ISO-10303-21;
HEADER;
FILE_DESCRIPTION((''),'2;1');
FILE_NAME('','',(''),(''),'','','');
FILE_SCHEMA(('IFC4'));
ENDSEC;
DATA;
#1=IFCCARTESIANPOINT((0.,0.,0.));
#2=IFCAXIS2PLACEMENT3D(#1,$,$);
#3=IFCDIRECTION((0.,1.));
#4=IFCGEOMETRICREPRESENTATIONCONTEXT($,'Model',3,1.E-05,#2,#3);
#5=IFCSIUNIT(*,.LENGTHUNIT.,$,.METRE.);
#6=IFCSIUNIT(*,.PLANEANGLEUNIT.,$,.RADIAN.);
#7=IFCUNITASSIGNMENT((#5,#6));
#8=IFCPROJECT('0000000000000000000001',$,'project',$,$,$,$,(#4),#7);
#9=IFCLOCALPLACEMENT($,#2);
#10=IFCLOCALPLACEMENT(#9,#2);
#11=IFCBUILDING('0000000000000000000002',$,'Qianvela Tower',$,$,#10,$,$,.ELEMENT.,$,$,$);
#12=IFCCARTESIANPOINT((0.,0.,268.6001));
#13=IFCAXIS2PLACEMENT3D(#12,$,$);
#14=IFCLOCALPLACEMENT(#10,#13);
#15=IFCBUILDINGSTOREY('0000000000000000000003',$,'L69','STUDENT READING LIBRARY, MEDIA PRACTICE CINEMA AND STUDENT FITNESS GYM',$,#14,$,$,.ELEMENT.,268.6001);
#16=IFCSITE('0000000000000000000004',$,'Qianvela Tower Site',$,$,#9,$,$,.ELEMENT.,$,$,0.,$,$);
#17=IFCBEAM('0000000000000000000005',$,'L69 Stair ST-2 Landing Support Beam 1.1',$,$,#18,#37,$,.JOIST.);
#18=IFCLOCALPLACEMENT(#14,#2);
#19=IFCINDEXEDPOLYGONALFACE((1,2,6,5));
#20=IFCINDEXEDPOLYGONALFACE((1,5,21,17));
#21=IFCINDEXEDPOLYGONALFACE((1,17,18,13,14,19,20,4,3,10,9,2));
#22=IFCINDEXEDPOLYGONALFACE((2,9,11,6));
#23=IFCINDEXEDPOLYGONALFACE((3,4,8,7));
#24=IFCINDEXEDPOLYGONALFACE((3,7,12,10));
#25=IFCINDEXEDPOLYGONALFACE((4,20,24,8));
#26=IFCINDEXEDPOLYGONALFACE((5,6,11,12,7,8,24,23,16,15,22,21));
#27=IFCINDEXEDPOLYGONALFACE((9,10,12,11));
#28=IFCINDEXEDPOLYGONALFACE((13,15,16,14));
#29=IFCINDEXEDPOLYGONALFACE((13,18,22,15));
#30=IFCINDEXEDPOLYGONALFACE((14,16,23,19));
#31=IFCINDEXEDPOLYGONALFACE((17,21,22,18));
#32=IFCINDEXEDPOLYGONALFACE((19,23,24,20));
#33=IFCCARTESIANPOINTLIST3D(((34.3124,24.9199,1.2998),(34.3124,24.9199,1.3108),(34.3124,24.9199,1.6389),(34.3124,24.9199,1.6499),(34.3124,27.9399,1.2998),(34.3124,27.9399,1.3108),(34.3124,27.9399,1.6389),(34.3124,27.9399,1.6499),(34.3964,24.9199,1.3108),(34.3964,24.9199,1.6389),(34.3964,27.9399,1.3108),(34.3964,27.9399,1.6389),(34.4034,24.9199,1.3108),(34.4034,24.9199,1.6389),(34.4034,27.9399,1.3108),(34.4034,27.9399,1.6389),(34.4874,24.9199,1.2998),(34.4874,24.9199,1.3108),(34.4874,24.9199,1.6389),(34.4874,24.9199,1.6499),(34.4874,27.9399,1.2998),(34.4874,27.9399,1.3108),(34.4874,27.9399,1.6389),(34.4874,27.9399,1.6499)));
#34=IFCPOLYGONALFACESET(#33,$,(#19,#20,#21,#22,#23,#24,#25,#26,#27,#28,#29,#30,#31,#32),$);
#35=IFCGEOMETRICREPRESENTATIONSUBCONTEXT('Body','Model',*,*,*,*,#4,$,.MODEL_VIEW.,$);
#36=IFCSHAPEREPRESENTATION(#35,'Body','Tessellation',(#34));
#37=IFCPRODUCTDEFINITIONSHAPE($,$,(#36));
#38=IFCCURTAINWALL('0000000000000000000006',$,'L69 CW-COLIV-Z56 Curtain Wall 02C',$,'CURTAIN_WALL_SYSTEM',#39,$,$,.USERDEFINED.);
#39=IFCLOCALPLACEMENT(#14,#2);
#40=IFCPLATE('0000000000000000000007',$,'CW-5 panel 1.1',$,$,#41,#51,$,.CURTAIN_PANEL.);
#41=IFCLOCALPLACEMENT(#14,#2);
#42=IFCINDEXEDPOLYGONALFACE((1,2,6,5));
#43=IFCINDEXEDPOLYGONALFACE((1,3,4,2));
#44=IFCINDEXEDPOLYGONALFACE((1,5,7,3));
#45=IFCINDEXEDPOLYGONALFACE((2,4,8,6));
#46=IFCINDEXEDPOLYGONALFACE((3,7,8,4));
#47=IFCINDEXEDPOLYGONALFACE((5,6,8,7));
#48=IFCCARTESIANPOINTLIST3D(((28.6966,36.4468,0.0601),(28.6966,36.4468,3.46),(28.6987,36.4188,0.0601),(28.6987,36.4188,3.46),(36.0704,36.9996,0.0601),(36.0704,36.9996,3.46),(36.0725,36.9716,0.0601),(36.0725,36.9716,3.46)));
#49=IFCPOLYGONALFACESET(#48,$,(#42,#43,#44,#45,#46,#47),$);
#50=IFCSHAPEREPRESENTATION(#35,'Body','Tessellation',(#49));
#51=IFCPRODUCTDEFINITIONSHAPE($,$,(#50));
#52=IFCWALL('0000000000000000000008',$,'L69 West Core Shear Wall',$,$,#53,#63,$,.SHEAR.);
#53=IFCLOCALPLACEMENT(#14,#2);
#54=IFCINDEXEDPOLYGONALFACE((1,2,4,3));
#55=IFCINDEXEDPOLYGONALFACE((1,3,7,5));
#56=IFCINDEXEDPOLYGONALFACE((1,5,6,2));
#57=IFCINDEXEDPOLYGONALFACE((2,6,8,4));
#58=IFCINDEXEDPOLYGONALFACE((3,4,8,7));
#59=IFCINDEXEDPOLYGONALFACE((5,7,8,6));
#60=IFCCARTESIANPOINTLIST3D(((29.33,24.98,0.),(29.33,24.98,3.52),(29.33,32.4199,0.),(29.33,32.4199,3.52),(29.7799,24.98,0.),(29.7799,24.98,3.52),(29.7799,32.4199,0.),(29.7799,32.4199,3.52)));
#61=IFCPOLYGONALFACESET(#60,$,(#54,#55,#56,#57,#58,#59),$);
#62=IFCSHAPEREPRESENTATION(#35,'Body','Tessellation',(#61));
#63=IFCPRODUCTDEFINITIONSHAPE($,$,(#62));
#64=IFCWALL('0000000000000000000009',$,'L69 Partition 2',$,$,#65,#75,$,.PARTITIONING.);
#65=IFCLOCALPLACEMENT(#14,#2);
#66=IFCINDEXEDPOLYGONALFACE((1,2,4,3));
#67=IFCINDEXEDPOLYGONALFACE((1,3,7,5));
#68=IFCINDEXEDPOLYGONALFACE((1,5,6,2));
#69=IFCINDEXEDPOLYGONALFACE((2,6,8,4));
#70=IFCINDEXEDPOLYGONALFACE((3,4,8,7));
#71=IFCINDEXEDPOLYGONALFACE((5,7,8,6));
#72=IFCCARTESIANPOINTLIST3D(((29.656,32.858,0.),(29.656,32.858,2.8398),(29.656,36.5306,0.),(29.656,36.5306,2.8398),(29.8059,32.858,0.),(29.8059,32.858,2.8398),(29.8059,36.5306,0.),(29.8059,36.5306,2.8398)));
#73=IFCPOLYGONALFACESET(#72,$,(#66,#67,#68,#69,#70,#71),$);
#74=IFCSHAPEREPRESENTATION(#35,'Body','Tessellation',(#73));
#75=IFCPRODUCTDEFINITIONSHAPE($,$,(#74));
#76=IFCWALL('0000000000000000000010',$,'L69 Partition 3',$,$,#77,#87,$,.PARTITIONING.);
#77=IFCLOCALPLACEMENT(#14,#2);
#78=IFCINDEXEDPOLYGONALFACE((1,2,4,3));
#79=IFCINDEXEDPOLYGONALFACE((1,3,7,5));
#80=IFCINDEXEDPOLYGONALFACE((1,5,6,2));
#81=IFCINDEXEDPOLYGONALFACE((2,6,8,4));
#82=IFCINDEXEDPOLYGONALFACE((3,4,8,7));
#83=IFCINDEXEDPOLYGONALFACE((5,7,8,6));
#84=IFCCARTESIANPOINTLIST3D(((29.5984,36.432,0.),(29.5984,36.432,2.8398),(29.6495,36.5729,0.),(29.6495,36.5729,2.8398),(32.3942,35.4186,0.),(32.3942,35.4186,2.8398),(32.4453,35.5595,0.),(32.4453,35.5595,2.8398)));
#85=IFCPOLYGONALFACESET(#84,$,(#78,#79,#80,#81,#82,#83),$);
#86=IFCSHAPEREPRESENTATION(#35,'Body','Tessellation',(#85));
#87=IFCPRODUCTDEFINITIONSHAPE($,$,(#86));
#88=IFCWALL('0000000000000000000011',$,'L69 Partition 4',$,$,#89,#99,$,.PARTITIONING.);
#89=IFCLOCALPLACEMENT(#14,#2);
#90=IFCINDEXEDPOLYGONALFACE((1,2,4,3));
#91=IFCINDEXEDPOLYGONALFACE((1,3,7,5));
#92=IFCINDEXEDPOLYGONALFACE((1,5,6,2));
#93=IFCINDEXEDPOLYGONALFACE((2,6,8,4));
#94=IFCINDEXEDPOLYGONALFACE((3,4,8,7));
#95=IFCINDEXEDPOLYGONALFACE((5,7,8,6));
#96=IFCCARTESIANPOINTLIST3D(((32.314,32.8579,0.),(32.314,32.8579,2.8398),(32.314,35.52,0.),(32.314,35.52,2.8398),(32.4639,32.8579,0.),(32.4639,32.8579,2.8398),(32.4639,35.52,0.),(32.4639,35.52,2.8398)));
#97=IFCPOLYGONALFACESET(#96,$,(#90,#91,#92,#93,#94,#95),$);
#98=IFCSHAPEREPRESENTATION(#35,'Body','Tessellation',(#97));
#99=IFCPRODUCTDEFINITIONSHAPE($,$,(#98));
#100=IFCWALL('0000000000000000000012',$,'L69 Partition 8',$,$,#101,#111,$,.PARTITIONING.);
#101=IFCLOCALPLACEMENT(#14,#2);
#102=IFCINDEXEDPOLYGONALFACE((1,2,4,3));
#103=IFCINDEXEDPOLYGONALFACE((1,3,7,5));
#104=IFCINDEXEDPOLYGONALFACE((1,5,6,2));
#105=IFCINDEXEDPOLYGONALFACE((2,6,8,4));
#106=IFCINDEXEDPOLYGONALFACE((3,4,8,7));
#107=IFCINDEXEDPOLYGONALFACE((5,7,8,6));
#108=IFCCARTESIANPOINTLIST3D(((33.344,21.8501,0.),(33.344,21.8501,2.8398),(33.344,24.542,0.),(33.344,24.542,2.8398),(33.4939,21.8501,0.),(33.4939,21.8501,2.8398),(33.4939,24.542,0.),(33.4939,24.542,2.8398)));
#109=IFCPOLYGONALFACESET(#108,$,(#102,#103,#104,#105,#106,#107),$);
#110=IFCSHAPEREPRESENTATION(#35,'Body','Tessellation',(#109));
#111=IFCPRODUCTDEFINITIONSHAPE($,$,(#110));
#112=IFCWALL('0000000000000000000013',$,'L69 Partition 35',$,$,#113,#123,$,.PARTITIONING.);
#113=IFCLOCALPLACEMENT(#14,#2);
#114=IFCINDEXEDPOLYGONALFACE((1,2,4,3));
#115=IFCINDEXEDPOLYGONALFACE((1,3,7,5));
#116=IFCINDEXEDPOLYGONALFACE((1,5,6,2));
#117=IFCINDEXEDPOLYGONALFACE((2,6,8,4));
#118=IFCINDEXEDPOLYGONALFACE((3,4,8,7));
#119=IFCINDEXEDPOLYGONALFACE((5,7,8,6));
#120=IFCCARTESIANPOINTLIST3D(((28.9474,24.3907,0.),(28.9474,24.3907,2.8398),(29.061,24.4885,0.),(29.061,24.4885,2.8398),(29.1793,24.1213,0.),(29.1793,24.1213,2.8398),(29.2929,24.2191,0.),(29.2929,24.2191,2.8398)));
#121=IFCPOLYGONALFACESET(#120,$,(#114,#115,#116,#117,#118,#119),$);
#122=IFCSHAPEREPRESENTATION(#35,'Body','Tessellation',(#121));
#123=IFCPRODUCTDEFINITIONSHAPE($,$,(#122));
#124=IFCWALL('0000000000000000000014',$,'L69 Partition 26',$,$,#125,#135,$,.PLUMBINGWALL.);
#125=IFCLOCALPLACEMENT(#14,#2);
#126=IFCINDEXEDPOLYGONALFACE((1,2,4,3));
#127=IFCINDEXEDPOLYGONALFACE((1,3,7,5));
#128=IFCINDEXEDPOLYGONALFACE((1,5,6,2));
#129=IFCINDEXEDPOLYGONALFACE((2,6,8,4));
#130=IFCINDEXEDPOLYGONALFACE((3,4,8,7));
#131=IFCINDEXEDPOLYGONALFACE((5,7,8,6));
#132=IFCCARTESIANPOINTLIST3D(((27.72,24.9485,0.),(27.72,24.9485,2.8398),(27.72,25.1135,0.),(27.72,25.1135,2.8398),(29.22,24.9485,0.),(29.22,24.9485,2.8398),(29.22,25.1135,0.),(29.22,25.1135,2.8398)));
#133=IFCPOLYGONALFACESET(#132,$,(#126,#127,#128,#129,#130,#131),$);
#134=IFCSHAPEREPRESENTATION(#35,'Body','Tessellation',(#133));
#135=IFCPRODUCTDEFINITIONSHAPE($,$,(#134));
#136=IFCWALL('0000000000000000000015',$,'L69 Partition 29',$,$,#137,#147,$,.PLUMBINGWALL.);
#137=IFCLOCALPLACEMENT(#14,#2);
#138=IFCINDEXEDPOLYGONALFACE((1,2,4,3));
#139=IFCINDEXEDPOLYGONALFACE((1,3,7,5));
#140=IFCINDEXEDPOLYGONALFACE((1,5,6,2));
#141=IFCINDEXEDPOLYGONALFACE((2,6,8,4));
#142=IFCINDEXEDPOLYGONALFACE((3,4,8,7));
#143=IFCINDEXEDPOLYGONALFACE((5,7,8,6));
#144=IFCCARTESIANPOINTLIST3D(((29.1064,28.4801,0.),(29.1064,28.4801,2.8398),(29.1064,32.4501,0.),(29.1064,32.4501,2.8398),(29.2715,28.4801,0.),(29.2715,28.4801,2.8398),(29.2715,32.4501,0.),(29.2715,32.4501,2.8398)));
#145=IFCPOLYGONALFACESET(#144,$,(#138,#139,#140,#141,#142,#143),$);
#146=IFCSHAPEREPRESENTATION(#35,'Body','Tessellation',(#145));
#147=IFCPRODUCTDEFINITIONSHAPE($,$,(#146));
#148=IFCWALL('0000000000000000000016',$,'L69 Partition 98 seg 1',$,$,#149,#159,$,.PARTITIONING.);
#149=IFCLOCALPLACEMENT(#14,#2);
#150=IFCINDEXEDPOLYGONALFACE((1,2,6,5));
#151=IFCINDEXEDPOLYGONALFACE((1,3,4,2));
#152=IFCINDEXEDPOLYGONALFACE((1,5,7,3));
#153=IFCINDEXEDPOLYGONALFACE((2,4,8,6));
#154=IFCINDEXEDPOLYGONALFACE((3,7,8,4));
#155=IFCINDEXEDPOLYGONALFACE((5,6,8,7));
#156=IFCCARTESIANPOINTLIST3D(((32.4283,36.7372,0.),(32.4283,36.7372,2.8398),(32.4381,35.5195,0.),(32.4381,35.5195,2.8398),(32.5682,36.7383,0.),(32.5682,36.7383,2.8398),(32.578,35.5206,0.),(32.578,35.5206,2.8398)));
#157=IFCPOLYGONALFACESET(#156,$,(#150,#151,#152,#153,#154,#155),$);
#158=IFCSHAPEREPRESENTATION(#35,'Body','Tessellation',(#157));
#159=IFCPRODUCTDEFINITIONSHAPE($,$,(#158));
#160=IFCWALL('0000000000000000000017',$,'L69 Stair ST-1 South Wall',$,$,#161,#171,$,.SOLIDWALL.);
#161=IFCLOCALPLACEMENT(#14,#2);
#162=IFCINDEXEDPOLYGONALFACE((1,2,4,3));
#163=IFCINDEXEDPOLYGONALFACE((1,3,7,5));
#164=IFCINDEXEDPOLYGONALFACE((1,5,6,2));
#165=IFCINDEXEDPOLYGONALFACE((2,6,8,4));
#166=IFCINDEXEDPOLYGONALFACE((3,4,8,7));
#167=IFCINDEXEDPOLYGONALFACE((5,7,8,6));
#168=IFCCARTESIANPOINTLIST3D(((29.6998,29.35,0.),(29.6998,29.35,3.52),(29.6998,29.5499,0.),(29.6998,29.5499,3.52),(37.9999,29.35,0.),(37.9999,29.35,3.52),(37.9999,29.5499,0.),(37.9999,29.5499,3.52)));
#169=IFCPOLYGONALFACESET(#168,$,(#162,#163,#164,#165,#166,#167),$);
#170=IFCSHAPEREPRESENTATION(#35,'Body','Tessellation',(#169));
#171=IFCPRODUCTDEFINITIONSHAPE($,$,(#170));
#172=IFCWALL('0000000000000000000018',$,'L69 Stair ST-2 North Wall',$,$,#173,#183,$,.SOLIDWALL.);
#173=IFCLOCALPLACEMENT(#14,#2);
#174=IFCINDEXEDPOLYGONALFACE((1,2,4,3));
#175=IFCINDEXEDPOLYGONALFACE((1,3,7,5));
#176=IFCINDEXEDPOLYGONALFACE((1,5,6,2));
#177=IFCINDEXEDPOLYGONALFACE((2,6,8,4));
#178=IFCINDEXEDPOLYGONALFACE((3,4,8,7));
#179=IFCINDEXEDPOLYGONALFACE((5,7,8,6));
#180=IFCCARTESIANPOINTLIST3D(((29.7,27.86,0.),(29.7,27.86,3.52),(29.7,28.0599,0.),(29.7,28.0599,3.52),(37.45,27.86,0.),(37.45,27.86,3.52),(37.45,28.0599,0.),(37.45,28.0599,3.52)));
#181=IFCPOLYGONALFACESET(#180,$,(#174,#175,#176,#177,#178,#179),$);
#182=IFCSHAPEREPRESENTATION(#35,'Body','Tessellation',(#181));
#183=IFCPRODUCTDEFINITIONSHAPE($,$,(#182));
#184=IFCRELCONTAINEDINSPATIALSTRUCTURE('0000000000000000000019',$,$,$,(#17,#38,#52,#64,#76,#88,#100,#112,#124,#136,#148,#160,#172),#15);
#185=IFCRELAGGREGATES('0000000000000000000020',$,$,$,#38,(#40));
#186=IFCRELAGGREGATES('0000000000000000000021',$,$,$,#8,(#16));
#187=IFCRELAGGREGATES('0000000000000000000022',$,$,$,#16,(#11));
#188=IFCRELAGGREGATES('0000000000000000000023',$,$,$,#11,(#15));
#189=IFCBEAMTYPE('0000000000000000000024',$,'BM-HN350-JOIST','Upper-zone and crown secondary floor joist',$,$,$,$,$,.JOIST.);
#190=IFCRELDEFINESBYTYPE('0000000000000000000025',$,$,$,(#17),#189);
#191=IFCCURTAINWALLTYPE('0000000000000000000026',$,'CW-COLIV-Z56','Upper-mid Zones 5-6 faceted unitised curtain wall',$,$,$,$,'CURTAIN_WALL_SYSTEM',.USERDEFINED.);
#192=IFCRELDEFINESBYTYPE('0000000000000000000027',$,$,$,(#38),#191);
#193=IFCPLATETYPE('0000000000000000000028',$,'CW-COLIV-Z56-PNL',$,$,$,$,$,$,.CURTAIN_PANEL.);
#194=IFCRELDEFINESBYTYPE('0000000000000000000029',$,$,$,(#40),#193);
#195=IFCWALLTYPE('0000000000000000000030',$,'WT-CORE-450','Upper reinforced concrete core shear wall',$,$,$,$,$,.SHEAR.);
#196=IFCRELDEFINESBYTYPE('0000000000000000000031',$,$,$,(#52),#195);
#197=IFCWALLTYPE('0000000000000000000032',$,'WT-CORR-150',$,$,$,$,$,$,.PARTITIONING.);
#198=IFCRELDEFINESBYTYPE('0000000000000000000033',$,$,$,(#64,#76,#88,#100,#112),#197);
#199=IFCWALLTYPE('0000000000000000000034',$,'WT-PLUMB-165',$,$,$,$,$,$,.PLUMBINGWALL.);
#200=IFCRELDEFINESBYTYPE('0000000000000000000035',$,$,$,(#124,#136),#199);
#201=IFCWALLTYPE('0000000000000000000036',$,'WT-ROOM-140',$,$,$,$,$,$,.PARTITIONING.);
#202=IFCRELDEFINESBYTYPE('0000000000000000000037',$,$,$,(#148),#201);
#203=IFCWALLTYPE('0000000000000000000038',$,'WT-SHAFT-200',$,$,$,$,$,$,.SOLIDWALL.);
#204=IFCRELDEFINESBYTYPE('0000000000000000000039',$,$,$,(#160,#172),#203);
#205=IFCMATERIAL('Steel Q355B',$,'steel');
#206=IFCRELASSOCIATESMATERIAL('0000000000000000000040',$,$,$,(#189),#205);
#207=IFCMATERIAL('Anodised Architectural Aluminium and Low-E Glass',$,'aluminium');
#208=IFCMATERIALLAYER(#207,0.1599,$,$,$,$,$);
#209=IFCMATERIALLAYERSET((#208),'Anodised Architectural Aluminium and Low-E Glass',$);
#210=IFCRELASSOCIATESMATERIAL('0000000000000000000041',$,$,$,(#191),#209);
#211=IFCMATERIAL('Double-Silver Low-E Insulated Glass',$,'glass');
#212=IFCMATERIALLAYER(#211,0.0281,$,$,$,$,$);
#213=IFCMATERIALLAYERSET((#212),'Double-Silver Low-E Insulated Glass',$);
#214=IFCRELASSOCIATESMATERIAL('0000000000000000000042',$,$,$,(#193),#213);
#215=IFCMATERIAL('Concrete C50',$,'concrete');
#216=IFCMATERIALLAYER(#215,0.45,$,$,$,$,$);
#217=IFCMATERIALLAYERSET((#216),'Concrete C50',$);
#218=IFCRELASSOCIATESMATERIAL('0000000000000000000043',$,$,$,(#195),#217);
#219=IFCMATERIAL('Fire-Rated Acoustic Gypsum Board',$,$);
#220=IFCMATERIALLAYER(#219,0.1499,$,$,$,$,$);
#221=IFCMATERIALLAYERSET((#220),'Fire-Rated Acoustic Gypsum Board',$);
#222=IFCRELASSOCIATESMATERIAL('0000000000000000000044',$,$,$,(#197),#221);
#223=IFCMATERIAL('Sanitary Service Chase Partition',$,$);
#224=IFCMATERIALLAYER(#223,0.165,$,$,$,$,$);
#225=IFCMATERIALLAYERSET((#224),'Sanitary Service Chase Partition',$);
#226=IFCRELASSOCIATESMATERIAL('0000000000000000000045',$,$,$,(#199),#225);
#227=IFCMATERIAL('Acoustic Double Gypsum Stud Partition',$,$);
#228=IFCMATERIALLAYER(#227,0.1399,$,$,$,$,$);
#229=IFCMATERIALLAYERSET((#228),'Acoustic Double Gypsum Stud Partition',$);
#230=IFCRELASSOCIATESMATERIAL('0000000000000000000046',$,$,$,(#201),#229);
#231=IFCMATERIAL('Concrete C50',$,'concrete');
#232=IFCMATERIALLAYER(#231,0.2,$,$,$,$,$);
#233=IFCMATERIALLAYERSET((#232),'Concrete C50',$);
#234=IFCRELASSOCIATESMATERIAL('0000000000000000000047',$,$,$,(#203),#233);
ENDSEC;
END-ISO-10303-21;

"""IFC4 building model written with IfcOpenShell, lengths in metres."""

from ifc_helpers import new_model, si_unit, direction, frame, frame_2d, origin, origin_2d, place, context, subcontext, project, spatial, rectangle, i_section, extrude, material, layer, layer_set, material_profile, profile_set, type_object, element, aggregate, save


model = new_model("IFC4")

# Units and contexts
model_context = context("Model", 3, precision=1e-05, world=origin(), true_north=direction((0.0, 1.0)))
body_context = subcontext(model_context, "Body", "Model", "MODEL_VIEW")
ifc_project = project(units=[si_unit("LENGTHUNIT", "METRE"), si_unit("PLANEANGLEUNIT", "RADIAN")], contexts=[model_context])

# Site, building, storey
site_placement = place(None, origin())
site = spatial("IfcSite", under=ifc_project, at=site_placement, Name="Qianvela Tower Site", CompositionType="ELEMENT", RefElevation=0.0)
building_placement = place(site_placement, origin())
building = spatial("IfcBuilding", under=site, at=building_placement, Name="Qianvela Tower", CompositionType="ELEMENT")
storey_placement = place(building_placement, frame((0.0, 0.0, 268.6001)))
storey = spatial("IfcBuildingStorey", under=building, at=storey_placement, Name="L69", Description="STUDENT READING LIBRARY, MEDIA PRACTICE CINEMA AND STUDENT FITNESS GYM", CompositionType="ELEMENT", Elevation=268.6001)

# Beam
ifc_material_1 = material(Name="Steel Q355B", Category="steel")
ifc_material_profile = material_profile(ifc_material_1, i_section(OverallWidth=0.175, OverallDepth=0.3501, WebThickness=0.0071, FlangeThickness=0.011, at=origin_2d()), Name="HN350x175x7x11")
ifc_profile_set = profile_set([ifc_material_profile], Name="Steel Q355B")
beam_type = type_object("IfcBeamType", Name="BM-HN350-JOIST", Description="Upper-zone and crown secondary floor joist", PredefinedType="JOIST", material=ifc_profile_set)
beam_placement = place(storey_placement, frame((34.3999, 24.9199, 1.4749), z_axis=(0.0, 1.0, 0.0), x_axis=(-1.0, 0.0, 0.0)))
element("IfcBeam", 1, at=beam_placement, inside=storey, type_object=beam_type, Name="L69 Stair ST-2 Landing Support Beam 1.1", PredefinedType="JOIST", context=body_context, shape_type="SweptSolid", body=[
    extrude(i_section(OverallWidth=0.175, OverallDepth=0.3501, WebThickness=0.0071, FlangeThickness=0.011, at=origin_2d()), origin(), (0.0, 0.0, 1.0), 3.02),
])

# Curtain wall, plate
ifc_material_2 = material(Name="Anodised Architectural Aluminium and Low-E Glass", Category="aluminium")
ifc_layer_1 = layer(ifc_material_2, 0.1599)
ifc_layer_set_1 = layer_set([ifc_layer_1], Name="Anodised Architectural Aluminium and Low-E Glass")
curtain_wall_type = type_object("IfcCurtainWallType", Name="CW-COLIV-Z56", Description="Upper-mid Zones 5-6 faceted unitised curtain wall", ElementType="CURTAIN_WALL_SYSTEM", PredefinedType="USERDEFINED", material=ifc_layer_set_1)
curtain_wall_placement = place(storey_placement, origin())
curtain_wall = element("IfcCurtainWall", 2, at=curtain_wall_placement, inside=storey, type_object=curtain_wall_type, Name="L69 CW-COLIV-Z56 Curtain Wall 02C", ObjectType="CURTAIN_WALL_SYSTEM", PredefinedType="USERDEFINED")
ifc_material_3 = material(Name="Double-Silver Low-E Insulated Glass", Category="glass")
ifc_layer_2 = layer(ifc_material_3, 0.0281)
ifc_layer_set_2 = layer_set([ifc_layer_2], Name="Double-Silver Low-E Insulated Glass")
plate_type = type_object("IfcPlateType", Name="CW-COLIV-Z56-PNL", PredefinedType="CURTAIN_PANEL", material=ifc_layer_set_2)
plate_placement = place(storey_placement, frame((32.3845, 36.7092, 0.0601), z_axis=(0.0, 0.0, 1.0), x_axis=(-0.997202, -0.074753, 0.0)))
plate = element("IfcPlate", 3, at=plate_placement, type_object=plate_type, Name="CW-5 panel 1.1", PredefinedType="CURTAIN_PANEL", context=body_context, shape_type="SweptSolid", body=[
    extrude(rectangle(XDim=7.3945, YDim=0.0281, at=origin_2d()), origin(), (0.0, 0.0, 1.0), 3.3999),
])
aggregate(curtain_wall, [plate])

# Shared definitions
ifc_material_4 = material(Name="Concrete C50", Category="concrete")
ifc_layer_3 = layer(ifc_material_4, 0.45)
ifc_layer_set_3 = layer_set([ifc_layer_3], Name="Concrete C50")
wall_type_1 = type_object("IfcWallType", Name="WT-CORE-450", Description="Upper reinforced concrete core shear wall", PredefinedType="SHEAR", material=ifc_layer_set_3)

# Walls
wall_1_placement = place(storey_placement, frame((29.5549, 24.98, 0.0), z_axis=(0.0, 0.0, 1.0), x_axis=(0.0, 1.0, 0.0)))
element("IfcWall", 4, at=wall_1_placement, inside=storey, type_object=wall_type_1, Name="L69 West Core Shear Wall", PredefinedType="SHEAR", context=body_context, shape_type="SweptSolid", body=[
    extrude(rectangle(XDim=7.4399, YDim=0.45, at=frame_2d((3.72, 0.0))), origin(), (0.0, 0.0, 1.0), 3.52),
])
ifc_material_5 = material(Name="Fire-Rated Acoustic Gypsum Board")
ifc_layer_4 = layer(ifc_material_5, 0.1499)
ifc_layer_set_4 = layer_set([ifc_layer_4], Name="Fire-Rated Acoustic Gypsum Board")
wall_type_2 = type_object("IfcWallType", Name="WT-CORR-150", PredefinedType="PARTITIONING", material=ifc_layer_set_4)
wall_2_placement = place(storey_placement, frame((29.731, 32.8579, 0.0), z_axis=(0.0, 0.0, 1.0), x_axis=(0.0, 1.0, 0.0)))
element("IfcWall", 5, at=wall_2_placement, inside=storey, type_object=wall_type_2, Name="L69 Partition 2", PredefinedType="PARTITIONING", context=body_context, shape_type="SweptSolid", body=[
    extrude(rectangle(XDim=3.6726, YDim=0.1499, at=frame_2d((1.8364, 0.0))), origin(), (0.0, 0.0, 1.0), 2.8398),
])
wall_3_placement = place(storey_placement, frame((29.624, 36.5024, 0.0), z_axis=(0.0, 0.0, 1.0), x_axis=(0.940145, -0.340774, 0.0)))
element("IfcWall", 6, at=wall_3_placement, inside=storey, type_object=wall_type_2, Name="L69 Partition 3", PredefinedType="PARTITIONING", context=body_context, shape_type="SweptSolid", body=[
    extrude(rectangle(XDim=2.9739, YDim=0.1499, at=frame_2d((1.4868, 0.0))), origin(), (0.0, 0.0, 1.0), 2.8398),
])
wall_4_placement = place(storey_placement, frame((32.3889, 35.52, 0.0), z_axis=(0.0, 0.0, 1.0), x_axis=(0.0, -1.0, 0.0)))
element("IfcWall", 7, at=wall_4_placement, inside=storey, type_object=wall_type_2, Name="L69 Partition 4", PredefinedType="PARTITIONING", context=body_context, shape_type="SweptSolid", body=[
    extrude(rectangle(XDim=2.6621, YDim=0.1499, at=frame_2d((1.3311, 0.0))), origin(), (0.0, 0.0, 1.0), 2.8398),
])
wall_5_placement = place(storey_placement, frame((33.4189, 24.542, 0.0), z_axis=(0.0, 0.0, 1.0), x_axis=(0.0, -1.0, 0.0)))
element("IfcWall", 8, at=wall_5_placement, inside=storey, type_object=wall_type_2, Name="L69 Partition 8", PredefinedType="PARTITIONING", context=body_context, shape_type="SweptSolid", body=[
    extrude(rectangle(XDim=2.6919, YDim=0.1499, at=frame_2d((1.3459, 0.0))), origin(), (0.0, 0.0, 1.0), 2.8398),
])
wall_6_placement = place(storey_placement, frame((29.2361, 24.1702, 0.0), z_axis=(0.0, 0.0, 1.0), x_axis=(-0.65226, 0.757995, 0.0)))
element("IfcWall", 9, at=wall_6_placement, inside=storey, type_object=wall_type_2, Name="L69 Partition 35", PredefinedType="PARTITIONING", context=body_context, shape_type="SweptSolid", body=[
    extrude(rectangle(XDim=0.3555, YDim=0.1499, at=frame_2d((0.1777, 0.0))), origin(), (0.0, 0.0, 1.0), 2.8398),
])
ifc_material_6 = material(Name="Sanitary Service Chase Partition")
ifc_layer_5 = layer(ifc_material_6, 0.165)
ifc_layer_set_5 = layer_set([ifc_layer_5], Name="Sanitary Service Chase Partition")
wall_type_3 = type_object("IfcWallType", Name="WT-PLUMB-165", PredefinedType="PLUMBINGWALL", material=ifc_layer_set_5)
wall_7_placement = place(storey_placement, frame((29.22, 25.031, 0.0), z_axis=(0.0, 0.0, 1.0), x_axis=(-1.0, 0.0, 0.0)))
element("IfcWall", 10, at=wall_7_placement, inside=storey, type_object=wall_type_3, Name="L69 Partition 26", PredefinedType="PLUMBINGWALL", context=body_context, shape_type="SweptSolid", body=[
    extrude(rectangle(XDim=1.5, YDim=0.165, at=frame_2d((0.75, 0.0))), origin(), (0.0, 0.0, 1.0), 2.8398),
])
wall_8_placement = place(storey_placement, frame((29.189, 32.45, 0.0), z_axis=(0.0, 0.0, 1.0), x_axis=(0.0, -1.0, 0.0)))
element("IfcWall", 11, at=wall_8_placement, inside=storey, type_object=wall_type_3, Name="L69 Partition 29", PredefinedType="PLUMBINGWALL", context=body_context, shape_type="SweptSolid", body=[
    extrude(rectangle(XDim=3.97, YDim=0.165, at=frame_2d((1.9849, 0.0))), origin(), (0.0, 0.0, 1.0), 2.8398),
])
ifc_material_7 = material(Name="Acoustic Double Gypsum Stud Partition")
ifc_layer_6 = layer(ifc_material_7, 0.1399)
ifc_layer_set_6 = layer_set([ifc_layer_6], Name="Acoustic Double Gypsum Stud Partition")
wall_type_4 = type_object("IfcWallType", Name="WT-ROOM-140", PredefinedType="PARTITIONING", material=ifc_layer_set_6)
wall_9_placement = place(storey_placement, frame((32.5081, 35.52, 0.0), z_axis=(0.0, 0.0, 1.0), x_axis=(-0.008019, 0.999968, 0.0)))
element("IfcWall", 12, at=wall_9_placement, inside=storey, type_object=wall_type_4, Name="L69 Partition 98 seg 1", PredefinedType="PARTITIONING", context=body_context, shape_type="SweptSolid", body=[
    extrude(rectangle(XDim=1.2178, YDim=0.1399, at=frame_2d((0.6089, 0.0))), origin(), (0.0, 0.0, 1.0), 2.8398),
])
ifc_material_8 = material(Name="Concrete C50", Category="concrete")
ifc_layer_7 = layer(ifc_material_8, 0.2)
ifc_layer_set_7 = layer_set([ifc_layer_7], Name="Concrete C50")
wall_type_5 = type_object("IfcWallType", Name="WT-SHAFT-200", PredefinedType="SOLIDWALL", material=ifc_layer_set_7)
wall_10_placement = place(storey_placement, frame((29.7, 29.45, 0.0), z_axis=(0.0, 0.0, 1.0), x_axis=(1.0, 0.0, 0.0)))
element("IfcWall", 13, at=wall_10_placement, inside=storey, type_object=wall_type_5, Name="L69 Stair ST-1 South Wall", PredefinedType="SOLIDWALL", context=body_context, shape_type="SweptSolid", body=[
    extrude(rectangle(XDim=8.3, YDim=0.2, at=frame_2d((4.1499, 0.0))), origin(), (0.0, 0.0, 1.0), 3.52),
])
wall_11_placement = place(storey_placement, frame((29.7, 27.96, 0.0), z_axis=(0.0, 0.0, 1.0), x_axis=(1.0, 0.0, 0.0)))
element("IfcWall", 14, at=wall_11_placement, inside=storey, type_object=wall_type_5, Name="L69 Stair ST-2 North Wall", PredefinedType="SOLIDWALL", context=body_context, shape_type="SweptSolid", body=[
    extrude(rectangle(XDim=7.75, YDim=0.2, at=frame_2d((3.875, 0.0))), origin(), (0.0, 0.0, 1.0), 3.52),
])

save(model, "model.ifc")
